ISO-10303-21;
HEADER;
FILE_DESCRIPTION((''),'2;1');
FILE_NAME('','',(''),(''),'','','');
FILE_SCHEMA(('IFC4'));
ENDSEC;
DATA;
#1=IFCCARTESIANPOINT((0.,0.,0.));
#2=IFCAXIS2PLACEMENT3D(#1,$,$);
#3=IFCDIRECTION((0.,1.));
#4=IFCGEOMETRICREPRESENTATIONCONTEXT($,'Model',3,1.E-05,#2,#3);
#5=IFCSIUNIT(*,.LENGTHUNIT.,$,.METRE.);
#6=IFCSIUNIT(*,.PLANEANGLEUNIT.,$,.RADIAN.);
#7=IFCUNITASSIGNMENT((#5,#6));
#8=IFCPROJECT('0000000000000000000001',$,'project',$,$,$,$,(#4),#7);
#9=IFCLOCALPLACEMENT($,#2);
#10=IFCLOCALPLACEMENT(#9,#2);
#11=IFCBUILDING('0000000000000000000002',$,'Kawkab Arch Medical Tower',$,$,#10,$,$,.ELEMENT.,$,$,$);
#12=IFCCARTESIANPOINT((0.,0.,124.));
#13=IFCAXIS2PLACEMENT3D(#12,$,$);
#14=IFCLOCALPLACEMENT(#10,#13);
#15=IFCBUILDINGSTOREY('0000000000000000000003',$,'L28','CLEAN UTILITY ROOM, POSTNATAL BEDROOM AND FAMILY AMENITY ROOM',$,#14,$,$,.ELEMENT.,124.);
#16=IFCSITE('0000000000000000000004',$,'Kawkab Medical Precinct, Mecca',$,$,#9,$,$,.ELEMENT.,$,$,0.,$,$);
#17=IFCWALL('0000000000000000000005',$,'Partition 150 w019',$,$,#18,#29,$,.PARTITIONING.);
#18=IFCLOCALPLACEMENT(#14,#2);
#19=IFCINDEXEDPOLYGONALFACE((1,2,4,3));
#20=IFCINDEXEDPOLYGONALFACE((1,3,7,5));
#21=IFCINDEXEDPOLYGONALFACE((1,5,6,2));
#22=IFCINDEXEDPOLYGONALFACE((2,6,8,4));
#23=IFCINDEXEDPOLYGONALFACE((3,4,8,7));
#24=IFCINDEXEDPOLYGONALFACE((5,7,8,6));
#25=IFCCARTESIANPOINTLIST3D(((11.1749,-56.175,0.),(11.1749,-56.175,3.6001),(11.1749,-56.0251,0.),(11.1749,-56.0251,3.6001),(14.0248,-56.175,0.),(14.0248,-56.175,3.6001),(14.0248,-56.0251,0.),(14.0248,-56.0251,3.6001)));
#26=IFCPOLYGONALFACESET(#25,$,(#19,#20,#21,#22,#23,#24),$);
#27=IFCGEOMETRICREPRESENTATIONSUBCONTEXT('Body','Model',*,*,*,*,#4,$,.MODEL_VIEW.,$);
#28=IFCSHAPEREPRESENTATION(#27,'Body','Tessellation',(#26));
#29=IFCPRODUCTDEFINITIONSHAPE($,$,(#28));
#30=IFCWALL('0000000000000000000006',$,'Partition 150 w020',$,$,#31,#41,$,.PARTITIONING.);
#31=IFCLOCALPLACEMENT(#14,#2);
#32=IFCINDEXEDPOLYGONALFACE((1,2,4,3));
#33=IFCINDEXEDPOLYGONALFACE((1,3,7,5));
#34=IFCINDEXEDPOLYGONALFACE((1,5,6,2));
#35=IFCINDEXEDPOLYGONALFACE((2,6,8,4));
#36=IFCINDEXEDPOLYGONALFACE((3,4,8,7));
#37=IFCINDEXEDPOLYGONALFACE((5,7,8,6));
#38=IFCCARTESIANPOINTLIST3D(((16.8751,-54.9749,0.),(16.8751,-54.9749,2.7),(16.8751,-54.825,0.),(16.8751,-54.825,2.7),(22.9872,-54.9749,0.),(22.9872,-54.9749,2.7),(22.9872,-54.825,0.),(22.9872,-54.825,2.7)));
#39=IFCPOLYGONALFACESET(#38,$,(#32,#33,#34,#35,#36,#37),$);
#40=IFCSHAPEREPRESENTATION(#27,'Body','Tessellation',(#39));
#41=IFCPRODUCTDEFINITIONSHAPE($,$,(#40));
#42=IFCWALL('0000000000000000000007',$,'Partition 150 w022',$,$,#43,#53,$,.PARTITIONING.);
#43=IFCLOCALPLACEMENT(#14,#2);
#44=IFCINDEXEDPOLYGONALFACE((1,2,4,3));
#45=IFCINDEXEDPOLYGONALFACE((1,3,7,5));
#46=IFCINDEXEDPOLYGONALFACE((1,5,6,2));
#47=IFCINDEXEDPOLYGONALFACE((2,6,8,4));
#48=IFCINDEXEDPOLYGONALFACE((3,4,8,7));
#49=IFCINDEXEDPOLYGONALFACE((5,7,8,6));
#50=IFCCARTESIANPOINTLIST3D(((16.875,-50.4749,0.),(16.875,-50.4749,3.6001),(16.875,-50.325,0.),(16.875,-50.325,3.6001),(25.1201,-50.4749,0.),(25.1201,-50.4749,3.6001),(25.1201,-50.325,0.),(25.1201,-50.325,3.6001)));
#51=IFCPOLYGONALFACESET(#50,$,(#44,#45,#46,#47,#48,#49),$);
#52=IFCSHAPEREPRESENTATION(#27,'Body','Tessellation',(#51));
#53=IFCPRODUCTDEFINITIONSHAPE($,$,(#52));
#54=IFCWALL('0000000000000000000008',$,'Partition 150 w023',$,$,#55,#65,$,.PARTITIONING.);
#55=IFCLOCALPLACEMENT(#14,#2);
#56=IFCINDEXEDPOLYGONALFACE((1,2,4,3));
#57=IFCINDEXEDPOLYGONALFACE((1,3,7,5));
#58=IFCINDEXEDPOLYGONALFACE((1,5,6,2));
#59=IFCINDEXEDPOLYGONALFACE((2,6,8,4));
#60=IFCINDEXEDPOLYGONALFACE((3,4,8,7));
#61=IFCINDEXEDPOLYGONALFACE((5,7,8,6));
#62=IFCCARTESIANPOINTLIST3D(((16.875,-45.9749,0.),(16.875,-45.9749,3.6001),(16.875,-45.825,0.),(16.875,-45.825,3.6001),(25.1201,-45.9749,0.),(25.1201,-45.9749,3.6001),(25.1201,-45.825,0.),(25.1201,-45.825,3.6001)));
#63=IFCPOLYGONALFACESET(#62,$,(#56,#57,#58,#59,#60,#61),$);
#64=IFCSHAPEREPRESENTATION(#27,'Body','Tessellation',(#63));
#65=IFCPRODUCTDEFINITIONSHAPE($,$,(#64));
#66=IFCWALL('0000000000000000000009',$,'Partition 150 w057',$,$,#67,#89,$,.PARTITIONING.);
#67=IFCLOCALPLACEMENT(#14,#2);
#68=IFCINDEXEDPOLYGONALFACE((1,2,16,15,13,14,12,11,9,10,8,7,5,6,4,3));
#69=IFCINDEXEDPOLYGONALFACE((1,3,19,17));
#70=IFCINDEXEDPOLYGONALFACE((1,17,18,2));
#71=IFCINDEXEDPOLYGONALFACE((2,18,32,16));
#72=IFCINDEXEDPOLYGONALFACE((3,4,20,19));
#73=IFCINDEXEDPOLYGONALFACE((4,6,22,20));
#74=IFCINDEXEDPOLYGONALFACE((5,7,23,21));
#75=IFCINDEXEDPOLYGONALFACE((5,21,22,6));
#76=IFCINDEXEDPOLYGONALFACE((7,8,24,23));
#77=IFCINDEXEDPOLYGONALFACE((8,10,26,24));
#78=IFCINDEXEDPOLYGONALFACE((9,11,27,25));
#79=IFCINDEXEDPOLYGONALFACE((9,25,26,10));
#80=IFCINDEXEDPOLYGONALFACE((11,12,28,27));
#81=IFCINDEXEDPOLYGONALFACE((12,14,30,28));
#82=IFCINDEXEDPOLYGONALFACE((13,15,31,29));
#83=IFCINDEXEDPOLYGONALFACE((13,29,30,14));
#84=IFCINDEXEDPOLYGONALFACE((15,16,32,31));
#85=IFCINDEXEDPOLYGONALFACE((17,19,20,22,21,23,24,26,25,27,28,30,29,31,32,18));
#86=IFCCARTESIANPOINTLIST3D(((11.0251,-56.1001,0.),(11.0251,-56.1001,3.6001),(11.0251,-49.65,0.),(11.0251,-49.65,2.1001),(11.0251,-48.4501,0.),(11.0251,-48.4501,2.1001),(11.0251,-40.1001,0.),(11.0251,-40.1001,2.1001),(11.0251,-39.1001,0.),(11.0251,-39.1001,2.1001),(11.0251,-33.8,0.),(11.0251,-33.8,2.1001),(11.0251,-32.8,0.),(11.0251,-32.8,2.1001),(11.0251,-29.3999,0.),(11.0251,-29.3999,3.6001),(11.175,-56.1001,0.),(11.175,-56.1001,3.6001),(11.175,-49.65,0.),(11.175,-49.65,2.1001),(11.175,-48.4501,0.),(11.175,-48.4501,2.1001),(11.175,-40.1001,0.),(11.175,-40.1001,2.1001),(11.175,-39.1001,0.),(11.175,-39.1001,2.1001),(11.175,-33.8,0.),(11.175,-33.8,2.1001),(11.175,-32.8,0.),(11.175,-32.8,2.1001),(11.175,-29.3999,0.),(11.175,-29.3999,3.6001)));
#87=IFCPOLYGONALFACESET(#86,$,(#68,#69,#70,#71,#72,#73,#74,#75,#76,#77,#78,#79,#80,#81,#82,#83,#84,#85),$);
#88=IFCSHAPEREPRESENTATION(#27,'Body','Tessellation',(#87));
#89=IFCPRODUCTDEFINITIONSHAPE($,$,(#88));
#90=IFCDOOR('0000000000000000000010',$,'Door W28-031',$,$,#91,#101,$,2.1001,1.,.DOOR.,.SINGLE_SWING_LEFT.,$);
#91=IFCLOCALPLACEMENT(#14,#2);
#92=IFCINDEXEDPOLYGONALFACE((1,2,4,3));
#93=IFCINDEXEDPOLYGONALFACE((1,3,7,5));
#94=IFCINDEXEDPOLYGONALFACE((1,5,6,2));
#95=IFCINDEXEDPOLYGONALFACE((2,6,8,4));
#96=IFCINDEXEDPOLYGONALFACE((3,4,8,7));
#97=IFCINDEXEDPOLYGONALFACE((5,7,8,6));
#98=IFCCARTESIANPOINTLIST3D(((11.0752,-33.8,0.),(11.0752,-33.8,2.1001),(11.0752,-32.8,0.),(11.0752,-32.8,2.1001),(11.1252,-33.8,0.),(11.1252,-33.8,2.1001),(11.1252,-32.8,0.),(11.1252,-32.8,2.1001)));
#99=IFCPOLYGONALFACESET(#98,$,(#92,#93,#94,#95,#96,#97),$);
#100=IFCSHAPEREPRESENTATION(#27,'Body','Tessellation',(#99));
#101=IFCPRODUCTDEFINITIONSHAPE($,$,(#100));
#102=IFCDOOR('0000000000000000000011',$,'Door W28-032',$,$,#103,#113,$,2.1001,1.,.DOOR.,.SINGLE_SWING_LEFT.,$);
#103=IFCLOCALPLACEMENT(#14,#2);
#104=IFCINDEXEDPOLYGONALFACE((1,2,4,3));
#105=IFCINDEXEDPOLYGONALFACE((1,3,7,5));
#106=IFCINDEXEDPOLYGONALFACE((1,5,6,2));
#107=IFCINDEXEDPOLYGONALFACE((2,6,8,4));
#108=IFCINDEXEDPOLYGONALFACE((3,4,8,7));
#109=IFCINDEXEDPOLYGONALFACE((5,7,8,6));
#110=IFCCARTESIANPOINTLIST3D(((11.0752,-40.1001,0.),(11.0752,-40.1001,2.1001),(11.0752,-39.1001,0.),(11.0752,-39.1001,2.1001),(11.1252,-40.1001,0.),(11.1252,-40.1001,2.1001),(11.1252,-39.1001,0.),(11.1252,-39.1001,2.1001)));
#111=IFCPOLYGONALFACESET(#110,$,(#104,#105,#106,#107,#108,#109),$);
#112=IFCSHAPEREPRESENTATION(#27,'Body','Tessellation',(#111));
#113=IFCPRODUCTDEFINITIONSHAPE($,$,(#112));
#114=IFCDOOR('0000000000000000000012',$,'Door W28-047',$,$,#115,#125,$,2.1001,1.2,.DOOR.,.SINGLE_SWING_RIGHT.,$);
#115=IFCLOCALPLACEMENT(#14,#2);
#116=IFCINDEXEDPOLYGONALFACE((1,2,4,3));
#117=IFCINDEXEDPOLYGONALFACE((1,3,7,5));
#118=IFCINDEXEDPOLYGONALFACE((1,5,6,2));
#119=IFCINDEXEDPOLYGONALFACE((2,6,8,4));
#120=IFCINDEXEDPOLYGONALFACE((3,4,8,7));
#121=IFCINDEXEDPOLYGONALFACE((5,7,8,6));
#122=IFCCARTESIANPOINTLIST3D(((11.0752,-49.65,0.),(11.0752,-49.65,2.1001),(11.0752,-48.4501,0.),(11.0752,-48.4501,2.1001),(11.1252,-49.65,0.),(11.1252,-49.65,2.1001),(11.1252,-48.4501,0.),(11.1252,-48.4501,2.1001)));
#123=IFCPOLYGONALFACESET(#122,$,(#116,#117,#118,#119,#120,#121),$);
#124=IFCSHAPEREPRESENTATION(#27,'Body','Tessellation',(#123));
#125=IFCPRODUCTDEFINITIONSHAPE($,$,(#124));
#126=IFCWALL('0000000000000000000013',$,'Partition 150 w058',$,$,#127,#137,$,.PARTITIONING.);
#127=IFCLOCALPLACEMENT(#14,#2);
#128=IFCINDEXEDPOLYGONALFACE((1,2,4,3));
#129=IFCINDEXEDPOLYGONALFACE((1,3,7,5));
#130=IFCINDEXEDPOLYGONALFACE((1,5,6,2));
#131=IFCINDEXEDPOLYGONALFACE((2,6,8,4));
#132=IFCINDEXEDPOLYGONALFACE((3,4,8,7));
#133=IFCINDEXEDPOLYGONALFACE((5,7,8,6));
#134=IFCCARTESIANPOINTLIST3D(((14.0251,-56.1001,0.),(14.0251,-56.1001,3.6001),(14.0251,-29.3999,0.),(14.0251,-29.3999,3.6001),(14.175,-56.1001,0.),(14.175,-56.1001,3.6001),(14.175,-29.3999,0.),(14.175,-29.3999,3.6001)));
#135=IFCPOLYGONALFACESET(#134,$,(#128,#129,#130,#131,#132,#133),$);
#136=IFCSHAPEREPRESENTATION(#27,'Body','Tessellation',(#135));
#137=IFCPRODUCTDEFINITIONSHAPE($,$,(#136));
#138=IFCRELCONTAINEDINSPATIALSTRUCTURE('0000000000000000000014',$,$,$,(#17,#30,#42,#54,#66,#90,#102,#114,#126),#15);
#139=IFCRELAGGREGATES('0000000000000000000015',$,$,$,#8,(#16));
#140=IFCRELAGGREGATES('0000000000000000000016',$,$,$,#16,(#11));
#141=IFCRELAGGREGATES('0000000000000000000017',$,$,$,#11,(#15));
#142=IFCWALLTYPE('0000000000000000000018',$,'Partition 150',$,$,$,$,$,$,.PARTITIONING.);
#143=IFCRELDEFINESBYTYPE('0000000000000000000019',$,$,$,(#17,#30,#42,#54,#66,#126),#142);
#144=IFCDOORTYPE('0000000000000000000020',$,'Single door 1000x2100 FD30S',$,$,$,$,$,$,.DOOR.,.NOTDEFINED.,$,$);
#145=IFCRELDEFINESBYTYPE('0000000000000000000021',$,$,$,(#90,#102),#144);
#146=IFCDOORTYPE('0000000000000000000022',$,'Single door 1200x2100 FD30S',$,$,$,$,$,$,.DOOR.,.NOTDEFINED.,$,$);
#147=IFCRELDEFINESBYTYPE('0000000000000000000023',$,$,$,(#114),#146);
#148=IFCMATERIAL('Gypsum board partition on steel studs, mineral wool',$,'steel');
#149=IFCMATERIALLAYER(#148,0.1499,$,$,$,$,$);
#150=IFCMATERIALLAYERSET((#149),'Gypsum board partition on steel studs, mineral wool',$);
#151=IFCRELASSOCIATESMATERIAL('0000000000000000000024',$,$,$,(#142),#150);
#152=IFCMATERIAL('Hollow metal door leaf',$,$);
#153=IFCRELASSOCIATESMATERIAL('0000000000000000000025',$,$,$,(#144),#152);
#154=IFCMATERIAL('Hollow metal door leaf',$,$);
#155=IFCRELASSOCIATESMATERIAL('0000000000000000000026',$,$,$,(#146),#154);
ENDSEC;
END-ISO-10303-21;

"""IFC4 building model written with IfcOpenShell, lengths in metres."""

from ifc_helpers import new_model, si_unit, direction, frame, frame_2d, origin, place, context, subcontext, project, spatial, rectangle, extrude, material, layer, layer_set, type_object, element, fill, save


model = new_model("IFC4")

# Units and contexts
model_context = context("Model", 3, precision=1e-05, world=origin(), true_north=direction((0.0, 1.0)))
body_context = subcontext(model_context, "Body", "Model", "MODEL_VIEW")
ifc_project = project(units=[si_unit("LENGTHUNIT", "METRE"), si_unit("PLANEANGLEUNIT", "RADIAN")], contexts=[model_context])

# Site, building, storey
site_placement = place(None, origin())
site = spatial("IfcSite", under=ifc_project, at=site_placement, Name="Kawkab Medical Precinct, Mecca", CompositionType="ELEMENT", RefElevation=0.0)
building_placement = place(site_placement, origin())
building = spatial("IfcBuilding", under=site, at=building_placement, Name="Kawkab Arch Medical Tower", CompositionType="ELEMENT")
storey_placement = place(building_placement, frame((0.0, 0.0, 124.0)))
storey = spatial("IfcBuildingStorey", under=building, at=storey_placement, Name="L28", Description="CLEAN UTILITY ROOM, POSTNATAL BEDROOM AND FAMILY AMENITY ROOM", CompositionType="ELEMENT", Elevation=124.0)

# Walls
ifc_material_1 = material(Name="Gypsum board partition on steel studs, mineral wool", Category="steel")
ifc_layer_1 = layer(ifc_material_1, 0.1499)
ifc_layer_set_1 = layer_set([ifc_layer_1], Name="Gypsum board partition on steel studs, mineral wool")
wall_type_1 = type_object("IfcWallType", Name="Partition 150", PredefinedType="PARTITIONING", material=ifc_layer_set_1)
wall_1_placement = place(storey_placement, frame((11.175, -56.1001, 0.0), z_axis=(0.0, 0.0, 1.0), x_axis=(1.0, 0.0, 0.0)))
element("IfcWall", 1, at=wall_1_placement, inside=storey, type_object=wall_type_1, Name="Partition 150 w019", PredefinedType="PARTITIONING", context=body_context, shape_type="SweptSolid", body=[
    extrude(rectangle(XDim=2.8499, YDim=0.1499, at=frame_2d((1.4248, 0.0))), origin(), (0.0, 0.0, 1.0), 3.6001),
])
wall_2_placement = place(storey_placement, frame((16.875, -54.8999, 0.0), z_axis=(0.0, 0.0, 1.0), x_axis=(1.0, 0.0, 0.0)))
element("IfcWall", 2, at=wall_2_placement, inside=storey, type_object=wall_type_1, Name="Partition 150 w020", PredefinedType="PARTITIONING", context=body_context, shape_type="SweptSolid", body=[
    extrude(rectangle(XDim=6.1121, YDim=0.1499, at=frame_2d((3.0562, 0.0))), origin(), (0.0, 0.0, 1.0), 2.7),
])
for number, where, z_axis, x_axis, name in (
    (3, (16.875, -50.3999, 0.0), (0.0, 0.0, 1.0), (1.0, 0.0, 0.0), "Partition 150 w022"),
    (4, (16.875, -45.8999, 0.0), (0.0, 0.0, 1.0), (1.0, 0.0, 0.0), "Partition 150 w023"),
):
    element("IfcWall", number, at=place(storey_placement, frame(where, z_axis=z_axis, x_axis=x_axis)), inside=storey, type_object=wall_type_1, Name=name, PredefinedType="PARTITIONING", context=body_context, shape_type="SweptSolid", body=[
        extrude(rectangle(XDim=8.2451, YDim=0.1499, at=frame_2d((4.1226, 0.0))), origin(), (0.0, 0.0, 1.0), 3.6001),
    ])

# Wall, openings, doors
wall_3_placement = place(storey_placement, frame((11.1001, -56.1001, 0.0), z_axis=(0.0, 0.0, 1.0), x_axis=(0.0, 1.0, 0.0)))
wall_3 = element("IfcWall", 5, at=wall_3_placement, inside=storey, type_object=wall_type_1, Name="Partition 150 w057", PredefinedType="PARTITIONING", context=body_context, shape_type="SweptSolid", body=[
    extrude(rectangle(XDim=26.7002, YDim=0.1499, at=frame_2d((13.3501, 0.0))), origin(), (0.0, 0.0, 1.0), 3.6001),
])
opening_1_placement = place(wall_3_placement, frame((22.3, 0.0, 0.0)))
opening_1 = element("IfcOpeningElement", 6, at=opening_1_placement, cuts=wall_3, PredefinedType="OPENING", context=body_context, shape_type="SweptSolid", body=[
    extrude(rectangle(XDim=1.0, YDim=2.1001, at=frame_2d((0.5, 1.05))), frame((0.0, 0.085, 0.0), z_axis=(0.0, -1.0, 0.0), x_axis=(1.0, 0.0, 0.0)), (0.0, 0.0, 1.0), 0.1699),
])
opening_2_placement = place(wall_3_placement, frame((16.0, 0.0, 0.0)))
opening_2 = element("IfcOpeningElement", 7, at=opening_2_placement, cuts=wall_3, PredefinedType="OPENING", context=body_context, shape_type="SweptSolid", body=[
    extrude(rectangle(XDim=1.0, YDim=2.1001, at=frame_2d((0.5, 1.05))), frame((0.0, 0.085, 0.0), z_axis=(0.0, -1.0, 0.0), x_axis=(1.0, 0.0, 0.0)), (0.0, 0.0, 1.0), 0.1699),
])
opening_3_placement = place(wall_3_placement, frame((6.45, 0.0, 0.0)))
opening_3 = element("IfcOpeningElement", 8, at=opening_3_placement, cuts=wall_3, PredefinedType="OPENING", context=body_context, shape_type="SweptSolid", body=[
    extrude(rectangle(XDim=1.2, YDim=2.1001, at=frame_2d((0.6001, 1.05))), frame((0.0, 0.085, 0.0), z_axis=(0.0, -1.0, 0.0), x_axis=(1.0, 0.0, 0.0)), (0.0, 0.0, 1.0), 0.1699),
])
ifc_material_2 = material(Name="Hollow metal door leaf")
door_type_1 = type_object("IfcDoorType", Name="Single door 1000x2100 FD30S", OperationType="NOTDEFINED", PredefinedType="DOOR", material=ifc_material_2)
door_1_placement = place(opening_1_placement, origin())
door_1 = element("IfcDoor", 9, at=door_1_placement, inside=storey, type_object=door_type_1, Name="Door W28-031", OperationType="SINGLE_SWING_LEFT", OverallHeight=2.1001, OverallWidth=1.0, PredefinedType="DOOR", context=body_context, shape_type="SweptSolid", body=[
    extrude(rectangle(XDim=1.0, YDim=2.1001, at=frame_2d((0.5, 1.05))), frame((0.0, 0.0249, 0.0), z_axis=(0.0, -1.0, 0.0), x_axis=(1.0, 0.0, 0.0)), (0.0, 0.0, 1.0), 0.05),
])
fill(opening_1, door_1)
door_2_placement = place(opening_2_placement, origin())
door_2 = element("IfcDoor", 10, at=door_2_placement, inside=storey, type_object=door_type_1, Name="Door W28-032", OperationType="SINGLE_SWING_LEFT", OverallHeight=2.1001, OverallWidth=1.0, PredefinedType="DOOR", context=body_context, shape_type="SweptSolid", body=[
    extrude(rectangle(XDim=1.0, YDim=2.1001, at=frame_2d((0.5, 1.05))), frame((0.0, 0.0249, 0.0), z_axis=(0.0, -1.0, 0.0), x_axis=(1.0, 0.0, 0.0)), (0.0, 0.0, 1.0), 0.05),
])
fill(opening_2, door_2)
ifc_material_3 = material(Name="Hollow metal door leaf")
door_type_2 = type_object("IfcDoorType", Name="Single door 1200x2100 FD30S", OperationType="NOTDEFINED", PredefinedType="DOOR", material=ifc_material_3)
door_3_placement = place(opening_3_placement, origin())
door_3 = element("IfcDoor", 11, at=door_3_placement, inside=storey, type_object=door_type_2, Name="Door W28-047", OperationType="SINGLE_SWING_RIGHT", OverallHeight=2.1001, OverallWidth=1.2, PredefinedType="DOOR", context=body_context, shape_type="SweptSolid", body=[
    extrude(rectangle(XDim=1.2, YDim=2.1001, at=frame_2d((0.6001, 1.05))), frame((0.0, 0.0249, 0.0), z_axis=(0.0, -1.0, 0.0), x_axis=(1.0, 0.0, 0.0)), (0.0, 0.0, 1.0), 0.05),
])
fill(opening_3, door_3)

# Wall
wall_4_placement = place(storey_placement, frame((14.1001, -56.1001, 0.0), z_axis=(0.0, 0.0, 1.0), x_axis=(0.0, 1.0, 0.0)))
element("IfcWall", 12, at=wall_4_placement, inside=storey, type_object=wall_type_1, Name="Partition 150 w058", PredefinedType="PARTITIONING", context=body_context, shape_type="SweptSolid", body=[
    extrude(rectangle(XDim=26.7002, YDim=0.1499, at=frame_2d((13.3501, 0.0))), origin(), (0.0, 0.0, 1.0), 3.6001),
])

save(model, "model.ifc")
